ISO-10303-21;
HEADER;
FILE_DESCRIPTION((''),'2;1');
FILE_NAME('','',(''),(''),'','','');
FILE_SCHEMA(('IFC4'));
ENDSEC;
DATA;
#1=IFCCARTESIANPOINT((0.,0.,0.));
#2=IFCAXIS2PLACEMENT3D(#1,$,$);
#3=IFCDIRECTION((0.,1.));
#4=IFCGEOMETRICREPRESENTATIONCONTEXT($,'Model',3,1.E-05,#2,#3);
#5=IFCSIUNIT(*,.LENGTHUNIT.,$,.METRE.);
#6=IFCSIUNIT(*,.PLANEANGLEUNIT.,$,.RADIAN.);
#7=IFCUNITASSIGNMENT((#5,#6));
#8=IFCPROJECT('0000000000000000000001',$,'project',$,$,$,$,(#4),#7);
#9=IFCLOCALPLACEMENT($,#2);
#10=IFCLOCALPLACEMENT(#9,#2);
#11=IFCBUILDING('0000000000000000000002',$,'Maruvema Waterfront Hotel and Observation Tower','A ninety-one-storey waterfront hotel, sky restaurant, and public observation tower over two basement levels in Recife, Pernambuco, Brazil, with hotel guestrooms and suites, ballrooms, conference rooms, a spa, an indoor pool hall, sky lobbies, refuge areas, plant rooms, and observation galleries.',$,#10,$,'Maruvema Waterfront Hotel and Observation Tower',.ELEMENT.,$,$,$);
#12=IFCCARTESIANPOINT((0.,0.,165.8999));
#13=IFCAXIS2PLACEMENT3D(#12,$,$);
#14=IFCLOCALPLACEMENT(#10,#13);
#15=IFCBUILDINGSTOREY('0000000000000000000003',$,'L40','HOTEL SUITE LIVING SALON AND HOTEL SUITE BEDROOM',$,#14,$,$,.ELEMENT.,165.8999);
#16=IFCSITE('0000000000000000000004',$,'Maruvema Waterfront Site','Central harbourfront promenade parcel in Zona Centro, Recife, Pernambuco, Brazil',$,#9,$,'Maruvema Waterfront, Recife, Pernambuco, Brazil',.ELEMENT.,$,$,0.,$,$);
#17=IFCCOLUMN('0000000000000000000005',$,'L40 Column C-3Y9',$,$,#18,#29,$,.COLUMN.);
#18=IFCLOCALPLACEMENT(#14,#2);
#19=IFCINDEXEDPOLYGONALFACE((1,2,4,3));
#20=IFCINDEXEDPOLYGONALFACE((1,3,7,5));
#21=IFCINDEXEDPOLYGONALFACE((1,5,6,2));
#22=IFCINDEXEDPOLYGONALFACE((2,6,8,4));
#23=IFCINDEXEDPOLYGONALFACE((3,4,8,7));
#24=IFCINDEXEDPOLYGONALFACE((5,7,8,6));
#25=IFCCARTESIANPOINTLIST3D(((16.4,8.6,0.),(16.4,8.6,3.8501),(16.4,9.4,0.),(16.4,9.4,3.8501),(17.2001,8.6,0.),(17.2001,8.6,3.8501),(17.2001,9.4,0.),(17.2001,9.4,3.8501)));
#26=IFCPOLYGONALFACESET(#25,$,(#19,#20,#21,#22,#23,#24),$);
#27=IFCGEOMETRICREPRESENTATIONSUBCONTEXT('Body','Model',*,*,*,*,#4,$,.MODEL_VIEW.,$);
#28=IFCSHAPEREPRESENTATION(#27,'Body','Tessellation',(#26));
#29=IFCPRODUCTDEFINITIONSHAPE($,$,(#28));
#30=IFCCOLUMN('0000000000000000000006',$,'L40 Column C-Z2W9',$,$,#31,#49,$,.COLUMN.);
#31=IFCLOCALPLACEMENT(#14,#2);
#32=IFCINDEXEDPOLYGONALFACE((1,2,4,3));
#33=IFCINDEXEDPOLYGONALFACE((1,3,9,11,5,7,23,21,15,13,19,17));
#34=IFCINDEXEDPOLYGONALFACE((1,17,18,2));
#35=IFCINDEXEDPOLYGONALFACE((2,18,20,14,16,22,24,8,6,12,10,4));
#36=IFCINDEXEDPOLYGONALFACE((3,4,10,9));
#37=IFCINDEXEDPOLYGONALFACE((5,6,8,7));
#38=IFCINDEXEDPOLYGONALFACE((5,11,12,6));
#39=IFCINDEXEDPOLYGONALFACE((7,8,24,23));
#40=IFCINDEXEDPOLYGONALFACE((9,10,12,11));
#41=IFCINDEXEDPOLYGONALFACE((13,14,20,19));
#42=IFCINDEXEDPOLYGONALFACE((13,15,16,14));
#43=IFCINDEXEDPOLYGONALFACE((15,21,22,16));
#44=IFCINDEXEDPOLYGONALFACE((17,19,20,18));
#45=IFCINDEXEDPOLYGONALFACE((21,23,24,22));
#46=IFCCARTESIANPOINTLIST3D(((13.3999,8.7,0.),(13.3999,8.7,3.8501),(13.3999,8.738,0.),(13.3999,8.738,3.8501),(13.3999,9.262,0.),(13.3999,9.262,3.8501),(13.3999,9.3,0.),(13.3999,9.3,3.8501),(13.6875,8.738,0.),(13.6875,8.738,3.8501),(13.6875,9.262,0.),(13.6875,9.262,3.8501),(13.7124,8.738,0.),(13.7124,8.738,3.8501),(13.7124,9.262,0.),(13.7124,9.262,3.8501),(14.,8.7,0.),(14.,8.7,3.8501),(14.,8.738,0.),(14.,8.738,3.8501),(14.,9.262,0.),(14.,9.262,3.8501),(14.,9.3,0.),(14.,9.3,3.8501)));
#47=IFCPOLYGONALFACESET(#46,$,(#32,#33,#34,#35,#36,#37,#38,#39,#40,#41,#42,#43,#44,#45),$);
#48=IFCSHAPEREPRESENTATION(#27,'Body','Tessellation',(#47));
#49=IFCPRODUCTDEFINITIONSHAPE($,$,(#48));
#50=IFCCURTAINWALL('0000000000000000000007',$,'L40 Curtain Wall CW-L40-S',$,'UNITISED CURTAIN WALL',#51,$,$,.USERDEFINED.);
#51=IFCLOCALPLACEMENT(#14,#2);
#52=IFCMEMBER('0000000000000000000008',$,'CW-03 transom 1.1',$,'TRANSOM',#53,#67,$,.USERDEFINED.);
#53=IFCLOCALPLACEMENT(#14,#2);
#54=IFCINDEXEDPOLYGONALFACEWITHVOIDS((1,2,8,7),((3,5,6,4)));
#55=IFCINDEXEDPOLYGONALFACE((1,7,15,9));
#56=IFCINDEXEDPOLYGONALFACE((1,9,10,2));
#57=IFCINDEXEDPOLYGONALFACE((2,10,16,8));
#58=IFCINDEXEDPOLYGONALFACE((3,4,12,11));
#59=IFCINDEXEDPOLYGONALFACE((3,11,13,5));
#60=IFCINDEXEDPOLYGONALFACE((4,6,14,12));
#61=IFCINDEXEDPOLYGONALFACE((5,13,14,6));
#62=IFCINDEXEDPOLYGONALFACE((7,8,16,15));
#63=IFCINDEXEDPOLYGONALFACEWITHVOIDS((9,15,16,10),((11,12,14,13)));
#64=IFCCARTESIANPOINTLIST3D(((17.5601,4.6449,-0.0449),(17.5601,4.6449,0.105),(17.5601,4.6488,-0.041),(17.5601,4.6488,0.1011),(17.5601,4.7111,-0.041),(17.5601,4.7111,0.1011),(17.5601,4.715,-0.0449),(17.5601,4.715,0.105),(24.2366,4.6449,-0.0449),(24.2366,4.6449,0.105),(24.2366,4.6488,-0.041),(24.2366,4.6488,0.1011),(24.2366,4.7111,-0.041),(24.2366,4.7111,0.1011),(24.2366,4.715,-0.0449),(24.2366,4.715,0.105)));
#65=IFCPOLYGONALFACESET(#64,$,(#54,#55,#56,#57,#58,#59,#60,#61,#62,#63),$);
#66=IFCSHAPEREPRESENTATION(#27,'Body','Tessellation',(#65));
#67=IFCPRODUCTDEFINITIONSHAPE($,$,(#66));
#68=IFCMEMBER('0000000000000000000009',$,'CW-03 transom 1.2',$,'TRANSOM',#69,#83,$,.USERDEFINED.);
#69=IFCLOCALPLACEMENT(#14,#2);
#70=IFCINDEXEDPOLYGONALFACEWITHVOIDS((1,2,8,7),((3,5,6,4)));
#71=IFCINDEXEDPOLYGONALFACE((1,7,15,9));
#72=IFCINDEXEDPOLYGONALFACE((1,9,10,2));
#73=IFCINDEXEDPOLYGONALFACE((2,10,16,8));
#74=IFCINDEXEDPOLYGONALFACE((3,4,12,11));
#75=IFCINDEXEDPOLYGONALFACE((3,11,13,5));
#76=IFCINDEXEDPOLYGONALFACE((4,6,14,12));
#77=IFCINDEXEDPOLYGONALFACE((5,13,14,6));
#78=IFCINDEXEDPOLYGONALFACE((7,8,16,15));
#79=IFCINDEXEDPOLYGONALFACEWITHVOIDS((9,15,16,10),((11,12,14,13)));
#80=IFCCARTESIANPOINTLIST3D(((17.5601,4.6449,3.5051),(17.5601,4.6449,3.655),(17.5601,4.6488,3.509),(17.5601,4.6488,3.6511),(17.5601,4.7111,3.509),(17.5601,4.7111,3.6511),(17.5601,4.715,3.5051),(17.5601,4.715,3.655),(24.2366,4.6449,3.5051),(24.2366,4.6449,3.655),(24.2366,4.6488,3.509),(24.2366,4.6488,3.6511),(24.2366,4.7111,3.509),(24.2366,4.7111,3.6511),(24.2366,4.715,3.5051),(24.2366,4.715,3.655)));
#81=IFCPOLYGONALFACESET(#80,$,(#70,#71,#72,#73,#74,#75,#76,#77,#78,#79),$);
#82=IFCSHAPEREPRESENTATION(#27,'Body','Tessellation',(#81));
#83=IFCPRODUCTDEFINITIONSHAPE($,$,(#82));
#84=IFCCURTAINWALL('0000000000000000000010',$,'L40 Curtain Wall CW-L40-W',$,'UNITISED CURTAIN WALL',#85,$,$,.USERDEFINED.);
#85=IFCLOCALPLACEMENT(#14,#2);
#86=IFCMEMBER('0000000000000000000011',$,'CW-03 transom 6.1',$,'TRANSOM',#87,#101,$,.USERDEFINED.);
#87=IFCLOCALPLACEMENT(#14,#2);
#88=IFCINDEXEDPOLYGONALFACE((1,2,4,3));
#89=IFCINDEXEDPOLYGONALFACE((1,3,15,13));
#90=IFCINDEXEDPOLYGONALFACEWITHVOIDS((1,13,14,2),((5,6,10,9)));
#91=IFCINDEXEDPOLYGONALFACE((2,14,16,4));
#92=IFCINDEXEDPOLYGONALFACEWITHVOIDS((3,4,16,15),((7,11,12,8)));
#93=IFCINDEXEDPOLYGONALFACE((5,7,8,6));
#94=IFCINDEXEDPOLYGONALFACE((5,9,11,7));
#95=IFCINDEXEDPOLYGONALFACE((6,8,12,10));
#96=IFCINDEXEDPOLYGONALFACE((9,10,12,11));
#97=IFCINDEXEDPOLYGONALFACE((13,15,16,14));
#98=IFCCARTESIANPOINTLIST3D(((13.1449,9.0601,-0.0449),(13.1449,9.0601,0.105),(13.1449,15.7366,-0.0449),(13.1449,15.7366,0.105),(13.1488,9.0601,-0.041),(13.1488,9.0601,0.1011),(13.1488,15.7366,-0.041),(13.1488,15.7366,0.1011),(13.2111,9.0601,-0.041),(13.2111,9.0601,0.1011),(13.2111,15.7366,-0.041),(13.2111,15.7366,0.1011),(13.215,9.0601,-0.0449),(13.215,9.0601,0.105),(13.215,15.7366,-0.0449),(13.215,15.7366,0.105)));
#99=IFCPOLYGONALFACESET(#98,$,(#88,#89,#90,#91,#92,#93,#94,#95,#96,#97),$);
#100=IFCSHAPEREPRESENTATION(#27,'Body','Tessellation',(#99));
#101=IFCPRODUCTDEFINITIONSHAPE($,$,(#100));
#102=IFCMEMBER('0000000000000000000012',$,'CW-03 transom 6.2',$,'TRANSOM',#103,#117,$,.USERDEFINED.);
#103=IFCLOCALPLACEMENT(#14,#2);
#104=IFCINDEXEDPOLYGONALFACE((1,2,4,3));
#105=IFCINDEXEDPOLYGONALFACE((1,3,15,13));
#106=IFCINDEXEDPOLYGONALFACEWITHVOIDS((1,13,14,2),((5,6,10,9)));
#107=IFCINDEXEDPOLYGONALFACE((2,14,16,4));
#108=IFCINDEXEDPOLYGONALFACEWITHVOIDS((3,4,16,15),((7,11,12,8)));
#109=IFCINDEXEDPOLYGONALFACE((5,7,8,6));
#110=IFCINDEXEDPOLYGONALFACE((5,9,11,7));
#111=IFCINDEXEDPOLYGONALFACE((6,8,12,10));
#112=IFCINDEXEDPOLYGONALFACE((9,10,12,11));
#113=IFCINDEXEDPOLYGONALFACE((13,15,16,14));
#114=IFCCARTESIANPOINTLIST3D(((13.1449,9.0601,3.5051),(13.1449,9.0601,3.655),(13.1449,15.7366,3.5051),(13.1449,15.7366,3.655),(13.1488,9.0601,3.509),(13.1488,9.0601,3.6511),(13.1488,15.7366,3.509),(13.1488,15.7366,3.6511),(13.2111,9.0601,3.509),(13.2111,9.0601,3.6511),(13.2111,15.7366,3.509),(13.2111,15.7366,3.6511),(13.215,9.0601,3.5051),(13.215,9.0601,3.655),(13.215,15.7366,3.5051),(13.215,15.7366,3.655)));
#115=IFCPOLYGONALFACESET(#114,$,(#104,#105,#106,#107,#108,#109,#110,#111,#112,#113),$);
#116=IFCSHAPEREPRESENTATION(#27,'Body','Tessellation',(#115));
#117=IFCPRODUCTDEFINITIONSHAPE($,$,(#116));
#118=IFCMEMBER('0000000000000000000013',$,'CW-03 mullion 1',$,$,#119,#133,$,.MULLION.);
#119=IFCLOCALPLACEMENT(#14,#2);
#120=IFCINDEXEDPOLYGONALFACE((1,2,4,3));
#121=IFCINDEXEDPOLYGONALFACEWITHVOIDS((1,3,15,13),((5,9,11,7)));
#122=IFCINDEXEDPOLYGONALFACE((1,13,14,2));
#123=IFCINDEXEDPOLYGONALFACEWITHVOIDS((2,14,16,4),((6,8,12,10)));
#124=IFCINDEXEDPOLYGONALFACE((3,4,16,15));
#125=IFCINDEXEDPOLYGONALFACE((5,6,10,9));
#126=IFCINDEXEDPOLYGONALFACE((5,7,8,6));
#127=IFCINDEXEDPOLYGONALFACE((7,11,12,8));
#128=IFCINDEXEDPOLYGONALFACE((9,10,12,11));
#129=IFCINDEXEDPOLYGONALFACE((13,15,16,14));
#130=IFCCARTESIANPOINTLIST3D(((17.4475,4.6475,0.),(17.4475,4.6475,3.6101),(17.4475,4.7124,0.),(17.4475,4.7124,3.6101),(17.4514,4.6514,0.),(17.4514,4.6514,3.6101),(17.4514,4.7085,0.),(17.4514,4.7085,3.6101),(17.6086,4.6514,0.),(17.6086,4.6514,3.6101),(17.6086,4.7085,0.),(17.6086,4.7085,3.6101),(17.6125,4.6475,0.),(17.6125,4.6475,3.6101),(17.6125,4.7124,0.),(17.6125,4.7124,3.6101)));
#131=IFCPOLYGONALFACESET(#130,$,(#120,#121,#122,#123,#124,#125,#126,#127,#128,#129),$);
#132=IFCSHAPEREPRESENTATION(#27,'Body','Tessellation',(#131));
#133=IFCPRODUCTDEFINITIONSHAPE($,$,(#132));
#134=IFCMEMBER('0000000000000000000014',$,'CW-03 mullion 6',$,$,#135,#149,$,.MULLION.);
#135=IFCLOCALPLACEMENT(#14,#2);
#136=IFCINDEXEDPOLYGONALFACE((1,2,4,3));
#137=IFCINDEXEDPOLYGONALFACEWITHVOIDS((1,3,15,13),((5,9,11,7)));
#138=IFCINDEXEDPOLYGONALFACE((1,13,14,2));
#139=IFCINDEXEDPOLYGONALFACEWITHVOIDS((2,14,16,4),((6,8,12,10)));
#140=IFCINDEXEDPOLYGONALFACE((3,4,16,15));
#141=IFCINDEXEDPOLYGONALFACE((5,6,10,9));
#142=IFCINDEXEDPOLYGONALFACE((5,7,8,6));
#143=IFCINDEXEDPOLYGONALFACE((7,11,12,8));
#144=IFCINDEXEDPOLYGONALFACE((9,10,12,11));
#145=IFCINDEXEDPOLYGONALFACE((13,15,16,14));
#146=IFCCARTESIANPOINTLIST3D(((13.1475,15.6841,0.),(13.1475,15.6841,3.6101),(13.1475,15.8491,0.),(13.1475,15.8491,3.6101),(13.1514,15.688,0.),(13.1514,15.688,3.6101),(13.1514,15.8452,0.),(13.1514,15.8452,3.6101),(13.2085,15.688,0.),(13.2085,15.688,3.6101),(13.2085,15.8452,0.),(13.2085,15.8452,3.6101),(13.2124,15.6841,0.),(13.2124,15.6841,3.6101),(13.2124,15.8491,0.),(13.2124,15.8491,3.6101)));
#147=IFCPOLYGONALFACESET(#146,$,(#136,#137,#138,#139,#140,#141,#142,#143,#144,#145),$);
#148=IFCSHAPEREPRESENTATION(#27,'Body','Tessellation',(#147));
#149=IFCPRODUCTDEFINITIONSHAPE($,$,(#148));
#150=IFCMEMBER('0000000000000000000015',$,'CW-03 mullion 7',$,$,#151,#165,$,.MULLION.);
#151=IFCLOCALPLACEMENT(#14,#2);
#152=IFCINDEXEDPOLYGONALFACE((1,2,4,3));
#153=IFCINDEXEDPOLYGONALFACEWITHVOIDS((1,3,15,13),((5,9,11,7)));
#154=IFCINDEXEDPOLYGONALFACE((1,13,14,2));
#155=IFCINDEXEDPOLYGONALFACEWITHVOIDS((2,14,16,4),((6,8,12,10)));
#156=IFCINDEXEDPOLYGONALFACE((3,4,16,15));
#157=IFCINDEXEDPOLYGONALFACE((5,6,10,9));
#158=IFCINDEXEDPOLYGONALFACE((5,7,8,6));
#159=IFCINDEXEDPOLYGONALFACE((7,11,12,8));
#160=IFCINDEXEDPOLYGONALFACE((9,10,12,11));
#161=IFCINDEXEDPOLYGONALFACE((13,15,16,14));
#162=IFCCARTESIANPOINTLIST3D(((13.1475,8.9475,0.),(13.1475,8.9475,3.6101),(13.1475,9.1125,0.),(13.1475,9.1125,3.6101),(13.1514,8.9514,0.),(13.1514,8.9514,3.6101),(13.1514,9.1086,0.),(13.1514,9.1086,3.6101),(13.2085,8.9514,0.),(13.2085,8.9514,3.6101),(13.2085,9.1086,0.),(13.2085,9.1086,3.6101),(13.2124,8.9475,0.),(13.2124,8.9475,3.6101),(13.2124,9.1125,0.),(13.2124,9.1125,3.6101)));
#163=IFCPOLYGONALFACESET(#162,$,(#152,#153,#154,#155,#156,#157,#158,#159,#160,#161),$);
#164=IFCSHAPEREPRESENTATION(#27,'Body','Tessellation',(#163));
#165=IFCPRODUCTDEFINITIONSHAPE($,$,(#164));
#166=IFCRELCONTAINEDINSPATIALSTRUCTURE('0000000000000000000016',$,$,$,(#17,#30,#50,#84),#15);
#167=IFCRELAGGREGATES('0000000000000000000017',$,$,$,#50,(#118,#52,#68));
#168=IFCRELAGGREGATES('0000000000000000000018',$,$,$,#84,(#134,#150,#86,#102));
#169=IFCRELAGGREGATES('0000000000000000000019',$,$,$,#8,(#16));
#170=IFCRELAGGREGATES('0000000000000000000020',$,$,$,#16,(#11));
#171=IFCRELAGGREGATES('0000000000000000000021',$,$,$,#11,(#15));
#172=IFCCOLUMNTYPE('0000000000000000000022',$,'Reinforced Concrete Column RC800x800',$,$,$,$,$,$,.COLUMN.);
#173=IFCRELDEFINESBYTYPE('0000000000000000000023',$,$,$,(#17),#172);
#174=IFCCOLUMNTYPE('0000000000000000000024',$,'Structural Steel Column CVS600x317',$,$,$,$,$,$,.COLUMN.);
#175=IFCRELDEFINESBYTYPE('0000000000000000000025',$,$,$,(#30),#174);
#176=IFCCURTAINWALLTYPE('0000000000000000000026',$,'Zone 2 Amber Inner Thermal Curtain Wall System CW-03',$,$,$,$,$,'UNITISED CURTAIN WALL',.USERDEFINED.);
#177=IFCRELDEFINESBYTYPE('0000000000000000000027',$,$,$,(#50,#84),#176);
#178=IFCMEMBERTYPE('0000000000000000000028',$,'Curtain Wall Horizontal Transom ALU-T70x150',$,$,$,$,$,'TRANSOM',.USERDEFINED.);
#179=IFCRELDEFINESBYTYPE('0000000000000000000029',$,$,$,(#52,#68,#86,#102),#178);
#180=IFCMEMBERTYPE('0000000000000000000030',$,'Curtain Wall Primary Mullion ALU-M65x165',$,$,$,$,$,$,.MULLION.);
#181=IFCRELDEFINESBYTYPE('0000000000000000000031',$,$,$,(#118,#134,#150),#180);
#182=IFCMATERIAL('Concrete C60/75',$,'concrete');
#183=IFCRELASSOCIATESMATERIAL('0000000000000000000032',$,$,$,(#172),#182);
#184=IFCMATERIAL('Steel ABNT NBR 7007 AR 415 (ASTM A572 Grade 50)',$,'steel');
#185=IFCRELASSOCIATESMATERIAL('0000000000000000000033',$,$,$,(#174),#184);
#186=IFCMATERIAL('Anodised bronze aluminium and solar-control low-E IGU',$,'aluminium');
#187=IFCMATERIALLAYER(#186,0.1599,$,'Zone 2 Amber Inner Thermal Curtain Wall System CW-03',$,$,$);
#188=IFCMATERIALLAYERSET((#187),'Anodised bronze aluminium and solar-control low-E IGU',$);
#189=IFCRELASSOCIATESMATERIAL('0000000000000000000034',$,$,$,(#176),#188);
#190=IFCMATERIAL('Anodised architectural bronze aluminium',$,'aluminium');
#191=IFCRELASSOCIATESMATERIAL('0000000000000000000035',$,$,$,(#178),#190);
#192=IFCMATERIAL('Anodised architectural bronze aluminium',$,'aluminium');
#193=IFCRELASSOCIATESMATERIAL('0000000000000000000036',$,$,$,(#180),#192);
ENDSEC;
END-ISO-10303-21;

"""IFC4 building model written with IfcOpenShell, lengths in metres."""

from ifc_helpers import new_model, si_unit, direction, frame, origin, origin_2d, place, context, subcontext, project, spatial, rectangle, hollow_rectangle, i_section, extrude, material, layer, layer_set, material_profile, profile_set, type_object, element, aggregate, save


model = new_model("IFC4")

# Units and contexts
model_context = context("Model", 3, precision=1e-05, world=origin(), true_north=direction((0.0, 1.0)))
body_context = subcontext(model_context, "Body", "Model", "MODEL_VIEW")
ifc_project = project(units=[si_unit("LENGTHUNIT", "METRE"), si_unit("PLANEANGLEUNIT", "RADIAN")], contexts=[model_context])

# Site, building, storey
site_placement = place(None, origin())
site = spatial("IfcSite", under=ifc_project, at=site_placement, Name="Maruvema Waterfront Site", Description="Central harbourfront promenade parcel in Zona Centro, Recife, Pernambuco, Brazil", LongName="Maruvema Waterfront, Recife, Pernambuco, Brazil", CompositionType="ELEMENT", RefElevation=0.0)
building_placement = place(site_placement, origin())
building = spatial("IfcBuilding", under=site, at=building_placement, Name="Maruvema Waterfront Hotel and Observation Tower", Description="A ninety-one-storey waterfront hotel, sky restaurant, and public observation tower over two basement levels in Recife, Pernambuco, Brazil, with hotel guestrooms and suites, ballrooms, conference rooms, a spa, an indoor pool hall, sky lobbies, refuge areas, plant rooms, and observation galleries.", LongName="Maruvema Waterfront Hotel and Observation Tower", CompositionType="ELEMENT")
storey_placement = place(building_placement, frame((0.0, 0.0, 165.8999)))
storey = spatial("IfcBuildingStorey", under=building, at=storey_placement, Name="L40", Description="HOTEL SUITE LIVING SALON AND HOTEL SUITE BEDROOM", CompositionType="ELEMENT", Elevation=165.8999)

# Columns
ifc_material_1 = material(Name="Concrete C60/75", Category="concrete")
ifc_material_profile_1 = material_profile(ifc_material_1, rectangle(XDim=0.8, YDim=0.8, at=origin_2d()), Name="RC800x800")
ifc_profile_set_1 = profile_set([ifc_material_profile_1], Name="Concrete C60/75")
column_type_1 = type_object("IfcColumnType", Name="Reinforced Concrete Column RC800x800", PredefinedType="COLUMN", material=ifc_profile_set_1)
column_1_placement = place(storey_placement, frame((16.8, 9.0, 0.0), z_axis=(0.0, 0.0, 1.0), x_axis=(1.0, 0.0, 0.0)))
element("IfcColumn", 1, at=column_1_placement, inside=storey, type_object=column_type_1, Name="L40 Column C-3Y9", PredefinedType="COLUMN", context=body_context, shape_type="SweptSolid", body=[
    extrude(rectangle(XDim=0.8, YDim=0.8, at=origin_2d()), origin(), (0.0, 0.0, 1.0), 3.8501),
])
ifc_material_2 = material(Name="Steel ABNT NBR 7007 AR 415 (ASTM A572 Grade 50)", Category="steel")
ifc_material_profile_2 = material_profile(ifc_material_2, i_section(OverallWidth=0.6001, OverallDepth=0.6001, WebThickness=0.0249, FlangeThickness=0.0381, at=origin_2d()), Name="CVS600x317")
ifc_profile_set_2 = profile_set([ifc_material_profile_2], Name="Steel ABNT NBR 7007 AR 415 (ASTM A572 Grade 50)")
column_type_2 = type_object("IfcColumnType", Name="Structural Steel Column CVS600x317", PredefinedType="COLUMN", material=ifc_profile_set_2)
column_2_placement = place(storey_placement, frame((13.7, 9.0, 0.0), z_axis=(0.0, 0.0, 1.0), x_axis=(1.0, 0.0, 0.0)))
element("IfcColumn", 2, at=column_2_placement, inside=storey, type_object=column_type_2, Name="L40 Column C-Z2W9", PredefinedType="COLUMN", context=body_context, shape_type="SweptSolid", body=[
    extrude(i_section(OverallWidth=0.6001, OverallDepth=0.6001, WebThickness=0.0249, FlangeThickness=0.0381, at=origin_2d()), origin(), (0.0, 0.0, 1.0), 3.8501),
])

# Curtain walls, members
ifc_material_3 = material(Name="Anodised bronze aluminium and solar-control low-E IGU", Category="aluminium")
ifc_layer_1 = layer(ifc_material_3, 0.1599, Name="Zone 2 Amber Inner Thermal Curtain Wall System CW-03")
ifc_layer_set_1 = layer_set([ifc_layer_1], Name="Anodised bronze aluminium and solar-control low-E IGU")
curtain_wall_type = type_object("IfcCurtainWallType", Name="Zone 2 Amber Inner Thermal Curtain Wall System CW-03", ElementType="UNITISED CURTAIN WALL", PredefinedType="USERDEFINED", material=ifc_layer_set_1)
curtain_wall_1_placement = place(storey_placement, origin())
curtain_wall_1 = element("IfcCurtainWall", 3, at=curtain_wall_1_placement, inside=storey, type_object=curtain_wall_type, Name="L40 Curtain Wall CW-L40-S", ObjectType="UNITISED CURTAIN WALL", PredefinedType="USERDEFINED")
ifc_material_4 = material(Name="Anodised architectural bronze aluminium", Category="aluminium")
ifc_material_profile_3 = material_profile(ifc_material_4, hollow_rectangle(XDim=0.0701, YDim=0.1499, WallThickness=0.0039, at=origin_2d()), Name="ALU-T70x150")
ifc_profile_set_3 = profile_set([ifc_material_profile_3], Name="Anodised architectural bronze aluminium")
member_type_1 = type_object("IfcMemberType", Name="Curtain Wall Horizontal Transom ALU-T70x150", ElementType="TRANSOM", PredefinedType="USERDEFINED", material=ifc_profile_set_3)
member_1_placement = place(storey_placement, frame((17.5601, 4.6799, 0.03), z_axis=(1.0, 0.0, 0.0), x_axis=(0.0, 1.0, 0.0)))
member_1 = element("IfcMember", 4, at=member_1_placement, type_object=member_type_1, Name="CW-03 transom 1.1", ObjectType="TRANSOM", PredefinedType="USERDEFINED", context=body_context, shape_type="SweptSolid", body=[
    extrude(hollow_rectangle(XDim=0.0701, YDim=0.1499, WallThickness=0.0039, at=origin_2d()), origin(), (0.0, 0.0, 1.0), 6.6765),
])
member_2_placement = place(storey_placement, frame((17.5601, 4.6799, 3.5801), z_axis=(1.0, 0.0, 0.0), x_axis=(0.0, 1.0, 0.0)))
member_2 = element("IfcMember", 5, at=member_2_placement, type_object=member_type_1, Name="CW-03 transom 1.2", ObjectType="TRANSOM", PredefinedType="USERDEFINED", context=body_context, shape_type="SweptSolid", body=[
    extrude(hollow_rectangle(XDim=0.0701, YDim=0.1499, WallThickness=0.0039, at=origin_2d()), origin(), (0.0, 0.0, 1.0), 6.6765),
])
curtain_wall_2_placement = place(storey_placement, origin())
curtain_wall_2 = element("IfcCurtainWall", 6, at=curtain_wall_2_placement, inside=storey, type_object=curtain_wall_type, Name="L40 Curtain Wall CW-L40-W", ObjectType="UNITISED CURTAIN WALL", PredefinedType="USERDEFINED")
member_3_placement = place(storey_placement, frame((13.1799, 15.7366, 0.03), z_axis=(0.0, -1.0, 0.0), x_axis=(1.0, 0.0, 0.0)))
member_3 = element("IfcMember", 7, at=member_3_placement, type_object=member_type_1, Name="CW-03 transom 6.1", ObjectType="TRANSOM", PredefinedType="USERDEFINED", context=body_context, shape_type="SweptSolid", body=[
    extrude(hollow_rectangle(XDim=0.0701, YDim=0.1499, WallThickness=0.0039, at=origin_2d()), origin(), (0.0, 0.0, 1.0), 6.6765),
])
member_4_placement = place(storey_placement, frame((13.1799, 15.7366, 3.5801), z_axis=(0.0, -1.0, 0.0), x_axis=(1.0, 0.0, 0.0)))
member_4 = element("IfcMember", 8, at=member_4_placement, type_object=member_type_1, Name="CW-03 transom 6.2", ObjectType="TRANSOM", PredefinedType="USERDEFINED", context=body_context, shape_type="SweptSolid", body=[
    extrude(hollow_rectangle(XDim=0.0701, YDim=0.1499, WallThickness=0.0039, at=origin_2d()), origin(), (0.0, 0.0, 1.0), 6.6765),
])

# Members
ifc_material_5 = material(Name="Anodised architectural bronze aluminium", Category="aluminium")
ifc_material_profile_4 = material_profile(ifc_material_5, hollow_rectangle(XDim=0.0649, YDim=0.165, WallThickness=0.0039, at=origin_2d()), Name="ALU-M65x165")
ifc_profile_set_4 = profile_set([ifc_material_profile_4], Name="Anodised architectural bronze aluminium")
member_type_2 = type_object("IfcMemberType", Name="Curtain Wall Primary Mullion ALU-M65x165", PredefinedType="MULLION", material=ifc_profile_set_4)
member_5_placement = place(storey_placement, frame((17.53, 4.6799, 0.0), z_axis=(0.0, 0.0, 1.0), x_axis=(0.0, 1.0, 0.0)))
member_5 = element("IfcMember", 9, at=member_5_placement, type_object=member_type_2, Name="CW-03 mullion 1", PredefinedType="MULLION", context=body_context, shape_type="SweptSolid", body=[
    extrude(hollow_rectangle(XDim=0.0649, YDim=0.165, WallThickness=0.0039, at=origin_2d()), origin(), (0.0, 0.0, 1.0), 3.6101),
])
member_6_placement = place(storey_placement, frame((13.1799, 15.7666, 0.0), z_axis=(0.0, 0.0, 1.0), x_axis=(1.0, 0.0, 0.0)))
member_6 = element("IfcMember", 10, at=member_6_placement, type_object=member_type_2, Name="CW-03 mullion 6", PredefinedType="MULLION", context=body_context, shape_type="SweptSolid", body=[
    extrude(hollow_rectangle(XDim=0.0649, YDim=0.165, WallThickness=0.0039, at=origin_2d()), origin(), (0.0, 0.0, 1.0), 3.6101),
])
member_7_placement = place(storey_placement, frame((13.1799, 9.03, 0.0), z_axis=(0.0, 0.0, 1.0), x_axis=(1.0, 0.0, 0.0)))
member_7 = element("IfcMember", 11, at=member_7_placement, type_object=member_type_2, Name="CW-03 mullion 7", PredefinedType="MULLION", context=body_context, shape_type="SweptSolid", body=[
    extrude(hollow_rectangle(XDim=0.0649, YDim=0.165, WallThickness=0.0039, at=origin_2d()), origin(), (0.0, 0.0, 1.0), 3.6101),
])

aggregate(curtain_wall_1, [member_5, member_1, member_2])
aggregate(curtain_wall_2, [member_6, member_7, member_3, member_4])

save(model, "model.ifc")
